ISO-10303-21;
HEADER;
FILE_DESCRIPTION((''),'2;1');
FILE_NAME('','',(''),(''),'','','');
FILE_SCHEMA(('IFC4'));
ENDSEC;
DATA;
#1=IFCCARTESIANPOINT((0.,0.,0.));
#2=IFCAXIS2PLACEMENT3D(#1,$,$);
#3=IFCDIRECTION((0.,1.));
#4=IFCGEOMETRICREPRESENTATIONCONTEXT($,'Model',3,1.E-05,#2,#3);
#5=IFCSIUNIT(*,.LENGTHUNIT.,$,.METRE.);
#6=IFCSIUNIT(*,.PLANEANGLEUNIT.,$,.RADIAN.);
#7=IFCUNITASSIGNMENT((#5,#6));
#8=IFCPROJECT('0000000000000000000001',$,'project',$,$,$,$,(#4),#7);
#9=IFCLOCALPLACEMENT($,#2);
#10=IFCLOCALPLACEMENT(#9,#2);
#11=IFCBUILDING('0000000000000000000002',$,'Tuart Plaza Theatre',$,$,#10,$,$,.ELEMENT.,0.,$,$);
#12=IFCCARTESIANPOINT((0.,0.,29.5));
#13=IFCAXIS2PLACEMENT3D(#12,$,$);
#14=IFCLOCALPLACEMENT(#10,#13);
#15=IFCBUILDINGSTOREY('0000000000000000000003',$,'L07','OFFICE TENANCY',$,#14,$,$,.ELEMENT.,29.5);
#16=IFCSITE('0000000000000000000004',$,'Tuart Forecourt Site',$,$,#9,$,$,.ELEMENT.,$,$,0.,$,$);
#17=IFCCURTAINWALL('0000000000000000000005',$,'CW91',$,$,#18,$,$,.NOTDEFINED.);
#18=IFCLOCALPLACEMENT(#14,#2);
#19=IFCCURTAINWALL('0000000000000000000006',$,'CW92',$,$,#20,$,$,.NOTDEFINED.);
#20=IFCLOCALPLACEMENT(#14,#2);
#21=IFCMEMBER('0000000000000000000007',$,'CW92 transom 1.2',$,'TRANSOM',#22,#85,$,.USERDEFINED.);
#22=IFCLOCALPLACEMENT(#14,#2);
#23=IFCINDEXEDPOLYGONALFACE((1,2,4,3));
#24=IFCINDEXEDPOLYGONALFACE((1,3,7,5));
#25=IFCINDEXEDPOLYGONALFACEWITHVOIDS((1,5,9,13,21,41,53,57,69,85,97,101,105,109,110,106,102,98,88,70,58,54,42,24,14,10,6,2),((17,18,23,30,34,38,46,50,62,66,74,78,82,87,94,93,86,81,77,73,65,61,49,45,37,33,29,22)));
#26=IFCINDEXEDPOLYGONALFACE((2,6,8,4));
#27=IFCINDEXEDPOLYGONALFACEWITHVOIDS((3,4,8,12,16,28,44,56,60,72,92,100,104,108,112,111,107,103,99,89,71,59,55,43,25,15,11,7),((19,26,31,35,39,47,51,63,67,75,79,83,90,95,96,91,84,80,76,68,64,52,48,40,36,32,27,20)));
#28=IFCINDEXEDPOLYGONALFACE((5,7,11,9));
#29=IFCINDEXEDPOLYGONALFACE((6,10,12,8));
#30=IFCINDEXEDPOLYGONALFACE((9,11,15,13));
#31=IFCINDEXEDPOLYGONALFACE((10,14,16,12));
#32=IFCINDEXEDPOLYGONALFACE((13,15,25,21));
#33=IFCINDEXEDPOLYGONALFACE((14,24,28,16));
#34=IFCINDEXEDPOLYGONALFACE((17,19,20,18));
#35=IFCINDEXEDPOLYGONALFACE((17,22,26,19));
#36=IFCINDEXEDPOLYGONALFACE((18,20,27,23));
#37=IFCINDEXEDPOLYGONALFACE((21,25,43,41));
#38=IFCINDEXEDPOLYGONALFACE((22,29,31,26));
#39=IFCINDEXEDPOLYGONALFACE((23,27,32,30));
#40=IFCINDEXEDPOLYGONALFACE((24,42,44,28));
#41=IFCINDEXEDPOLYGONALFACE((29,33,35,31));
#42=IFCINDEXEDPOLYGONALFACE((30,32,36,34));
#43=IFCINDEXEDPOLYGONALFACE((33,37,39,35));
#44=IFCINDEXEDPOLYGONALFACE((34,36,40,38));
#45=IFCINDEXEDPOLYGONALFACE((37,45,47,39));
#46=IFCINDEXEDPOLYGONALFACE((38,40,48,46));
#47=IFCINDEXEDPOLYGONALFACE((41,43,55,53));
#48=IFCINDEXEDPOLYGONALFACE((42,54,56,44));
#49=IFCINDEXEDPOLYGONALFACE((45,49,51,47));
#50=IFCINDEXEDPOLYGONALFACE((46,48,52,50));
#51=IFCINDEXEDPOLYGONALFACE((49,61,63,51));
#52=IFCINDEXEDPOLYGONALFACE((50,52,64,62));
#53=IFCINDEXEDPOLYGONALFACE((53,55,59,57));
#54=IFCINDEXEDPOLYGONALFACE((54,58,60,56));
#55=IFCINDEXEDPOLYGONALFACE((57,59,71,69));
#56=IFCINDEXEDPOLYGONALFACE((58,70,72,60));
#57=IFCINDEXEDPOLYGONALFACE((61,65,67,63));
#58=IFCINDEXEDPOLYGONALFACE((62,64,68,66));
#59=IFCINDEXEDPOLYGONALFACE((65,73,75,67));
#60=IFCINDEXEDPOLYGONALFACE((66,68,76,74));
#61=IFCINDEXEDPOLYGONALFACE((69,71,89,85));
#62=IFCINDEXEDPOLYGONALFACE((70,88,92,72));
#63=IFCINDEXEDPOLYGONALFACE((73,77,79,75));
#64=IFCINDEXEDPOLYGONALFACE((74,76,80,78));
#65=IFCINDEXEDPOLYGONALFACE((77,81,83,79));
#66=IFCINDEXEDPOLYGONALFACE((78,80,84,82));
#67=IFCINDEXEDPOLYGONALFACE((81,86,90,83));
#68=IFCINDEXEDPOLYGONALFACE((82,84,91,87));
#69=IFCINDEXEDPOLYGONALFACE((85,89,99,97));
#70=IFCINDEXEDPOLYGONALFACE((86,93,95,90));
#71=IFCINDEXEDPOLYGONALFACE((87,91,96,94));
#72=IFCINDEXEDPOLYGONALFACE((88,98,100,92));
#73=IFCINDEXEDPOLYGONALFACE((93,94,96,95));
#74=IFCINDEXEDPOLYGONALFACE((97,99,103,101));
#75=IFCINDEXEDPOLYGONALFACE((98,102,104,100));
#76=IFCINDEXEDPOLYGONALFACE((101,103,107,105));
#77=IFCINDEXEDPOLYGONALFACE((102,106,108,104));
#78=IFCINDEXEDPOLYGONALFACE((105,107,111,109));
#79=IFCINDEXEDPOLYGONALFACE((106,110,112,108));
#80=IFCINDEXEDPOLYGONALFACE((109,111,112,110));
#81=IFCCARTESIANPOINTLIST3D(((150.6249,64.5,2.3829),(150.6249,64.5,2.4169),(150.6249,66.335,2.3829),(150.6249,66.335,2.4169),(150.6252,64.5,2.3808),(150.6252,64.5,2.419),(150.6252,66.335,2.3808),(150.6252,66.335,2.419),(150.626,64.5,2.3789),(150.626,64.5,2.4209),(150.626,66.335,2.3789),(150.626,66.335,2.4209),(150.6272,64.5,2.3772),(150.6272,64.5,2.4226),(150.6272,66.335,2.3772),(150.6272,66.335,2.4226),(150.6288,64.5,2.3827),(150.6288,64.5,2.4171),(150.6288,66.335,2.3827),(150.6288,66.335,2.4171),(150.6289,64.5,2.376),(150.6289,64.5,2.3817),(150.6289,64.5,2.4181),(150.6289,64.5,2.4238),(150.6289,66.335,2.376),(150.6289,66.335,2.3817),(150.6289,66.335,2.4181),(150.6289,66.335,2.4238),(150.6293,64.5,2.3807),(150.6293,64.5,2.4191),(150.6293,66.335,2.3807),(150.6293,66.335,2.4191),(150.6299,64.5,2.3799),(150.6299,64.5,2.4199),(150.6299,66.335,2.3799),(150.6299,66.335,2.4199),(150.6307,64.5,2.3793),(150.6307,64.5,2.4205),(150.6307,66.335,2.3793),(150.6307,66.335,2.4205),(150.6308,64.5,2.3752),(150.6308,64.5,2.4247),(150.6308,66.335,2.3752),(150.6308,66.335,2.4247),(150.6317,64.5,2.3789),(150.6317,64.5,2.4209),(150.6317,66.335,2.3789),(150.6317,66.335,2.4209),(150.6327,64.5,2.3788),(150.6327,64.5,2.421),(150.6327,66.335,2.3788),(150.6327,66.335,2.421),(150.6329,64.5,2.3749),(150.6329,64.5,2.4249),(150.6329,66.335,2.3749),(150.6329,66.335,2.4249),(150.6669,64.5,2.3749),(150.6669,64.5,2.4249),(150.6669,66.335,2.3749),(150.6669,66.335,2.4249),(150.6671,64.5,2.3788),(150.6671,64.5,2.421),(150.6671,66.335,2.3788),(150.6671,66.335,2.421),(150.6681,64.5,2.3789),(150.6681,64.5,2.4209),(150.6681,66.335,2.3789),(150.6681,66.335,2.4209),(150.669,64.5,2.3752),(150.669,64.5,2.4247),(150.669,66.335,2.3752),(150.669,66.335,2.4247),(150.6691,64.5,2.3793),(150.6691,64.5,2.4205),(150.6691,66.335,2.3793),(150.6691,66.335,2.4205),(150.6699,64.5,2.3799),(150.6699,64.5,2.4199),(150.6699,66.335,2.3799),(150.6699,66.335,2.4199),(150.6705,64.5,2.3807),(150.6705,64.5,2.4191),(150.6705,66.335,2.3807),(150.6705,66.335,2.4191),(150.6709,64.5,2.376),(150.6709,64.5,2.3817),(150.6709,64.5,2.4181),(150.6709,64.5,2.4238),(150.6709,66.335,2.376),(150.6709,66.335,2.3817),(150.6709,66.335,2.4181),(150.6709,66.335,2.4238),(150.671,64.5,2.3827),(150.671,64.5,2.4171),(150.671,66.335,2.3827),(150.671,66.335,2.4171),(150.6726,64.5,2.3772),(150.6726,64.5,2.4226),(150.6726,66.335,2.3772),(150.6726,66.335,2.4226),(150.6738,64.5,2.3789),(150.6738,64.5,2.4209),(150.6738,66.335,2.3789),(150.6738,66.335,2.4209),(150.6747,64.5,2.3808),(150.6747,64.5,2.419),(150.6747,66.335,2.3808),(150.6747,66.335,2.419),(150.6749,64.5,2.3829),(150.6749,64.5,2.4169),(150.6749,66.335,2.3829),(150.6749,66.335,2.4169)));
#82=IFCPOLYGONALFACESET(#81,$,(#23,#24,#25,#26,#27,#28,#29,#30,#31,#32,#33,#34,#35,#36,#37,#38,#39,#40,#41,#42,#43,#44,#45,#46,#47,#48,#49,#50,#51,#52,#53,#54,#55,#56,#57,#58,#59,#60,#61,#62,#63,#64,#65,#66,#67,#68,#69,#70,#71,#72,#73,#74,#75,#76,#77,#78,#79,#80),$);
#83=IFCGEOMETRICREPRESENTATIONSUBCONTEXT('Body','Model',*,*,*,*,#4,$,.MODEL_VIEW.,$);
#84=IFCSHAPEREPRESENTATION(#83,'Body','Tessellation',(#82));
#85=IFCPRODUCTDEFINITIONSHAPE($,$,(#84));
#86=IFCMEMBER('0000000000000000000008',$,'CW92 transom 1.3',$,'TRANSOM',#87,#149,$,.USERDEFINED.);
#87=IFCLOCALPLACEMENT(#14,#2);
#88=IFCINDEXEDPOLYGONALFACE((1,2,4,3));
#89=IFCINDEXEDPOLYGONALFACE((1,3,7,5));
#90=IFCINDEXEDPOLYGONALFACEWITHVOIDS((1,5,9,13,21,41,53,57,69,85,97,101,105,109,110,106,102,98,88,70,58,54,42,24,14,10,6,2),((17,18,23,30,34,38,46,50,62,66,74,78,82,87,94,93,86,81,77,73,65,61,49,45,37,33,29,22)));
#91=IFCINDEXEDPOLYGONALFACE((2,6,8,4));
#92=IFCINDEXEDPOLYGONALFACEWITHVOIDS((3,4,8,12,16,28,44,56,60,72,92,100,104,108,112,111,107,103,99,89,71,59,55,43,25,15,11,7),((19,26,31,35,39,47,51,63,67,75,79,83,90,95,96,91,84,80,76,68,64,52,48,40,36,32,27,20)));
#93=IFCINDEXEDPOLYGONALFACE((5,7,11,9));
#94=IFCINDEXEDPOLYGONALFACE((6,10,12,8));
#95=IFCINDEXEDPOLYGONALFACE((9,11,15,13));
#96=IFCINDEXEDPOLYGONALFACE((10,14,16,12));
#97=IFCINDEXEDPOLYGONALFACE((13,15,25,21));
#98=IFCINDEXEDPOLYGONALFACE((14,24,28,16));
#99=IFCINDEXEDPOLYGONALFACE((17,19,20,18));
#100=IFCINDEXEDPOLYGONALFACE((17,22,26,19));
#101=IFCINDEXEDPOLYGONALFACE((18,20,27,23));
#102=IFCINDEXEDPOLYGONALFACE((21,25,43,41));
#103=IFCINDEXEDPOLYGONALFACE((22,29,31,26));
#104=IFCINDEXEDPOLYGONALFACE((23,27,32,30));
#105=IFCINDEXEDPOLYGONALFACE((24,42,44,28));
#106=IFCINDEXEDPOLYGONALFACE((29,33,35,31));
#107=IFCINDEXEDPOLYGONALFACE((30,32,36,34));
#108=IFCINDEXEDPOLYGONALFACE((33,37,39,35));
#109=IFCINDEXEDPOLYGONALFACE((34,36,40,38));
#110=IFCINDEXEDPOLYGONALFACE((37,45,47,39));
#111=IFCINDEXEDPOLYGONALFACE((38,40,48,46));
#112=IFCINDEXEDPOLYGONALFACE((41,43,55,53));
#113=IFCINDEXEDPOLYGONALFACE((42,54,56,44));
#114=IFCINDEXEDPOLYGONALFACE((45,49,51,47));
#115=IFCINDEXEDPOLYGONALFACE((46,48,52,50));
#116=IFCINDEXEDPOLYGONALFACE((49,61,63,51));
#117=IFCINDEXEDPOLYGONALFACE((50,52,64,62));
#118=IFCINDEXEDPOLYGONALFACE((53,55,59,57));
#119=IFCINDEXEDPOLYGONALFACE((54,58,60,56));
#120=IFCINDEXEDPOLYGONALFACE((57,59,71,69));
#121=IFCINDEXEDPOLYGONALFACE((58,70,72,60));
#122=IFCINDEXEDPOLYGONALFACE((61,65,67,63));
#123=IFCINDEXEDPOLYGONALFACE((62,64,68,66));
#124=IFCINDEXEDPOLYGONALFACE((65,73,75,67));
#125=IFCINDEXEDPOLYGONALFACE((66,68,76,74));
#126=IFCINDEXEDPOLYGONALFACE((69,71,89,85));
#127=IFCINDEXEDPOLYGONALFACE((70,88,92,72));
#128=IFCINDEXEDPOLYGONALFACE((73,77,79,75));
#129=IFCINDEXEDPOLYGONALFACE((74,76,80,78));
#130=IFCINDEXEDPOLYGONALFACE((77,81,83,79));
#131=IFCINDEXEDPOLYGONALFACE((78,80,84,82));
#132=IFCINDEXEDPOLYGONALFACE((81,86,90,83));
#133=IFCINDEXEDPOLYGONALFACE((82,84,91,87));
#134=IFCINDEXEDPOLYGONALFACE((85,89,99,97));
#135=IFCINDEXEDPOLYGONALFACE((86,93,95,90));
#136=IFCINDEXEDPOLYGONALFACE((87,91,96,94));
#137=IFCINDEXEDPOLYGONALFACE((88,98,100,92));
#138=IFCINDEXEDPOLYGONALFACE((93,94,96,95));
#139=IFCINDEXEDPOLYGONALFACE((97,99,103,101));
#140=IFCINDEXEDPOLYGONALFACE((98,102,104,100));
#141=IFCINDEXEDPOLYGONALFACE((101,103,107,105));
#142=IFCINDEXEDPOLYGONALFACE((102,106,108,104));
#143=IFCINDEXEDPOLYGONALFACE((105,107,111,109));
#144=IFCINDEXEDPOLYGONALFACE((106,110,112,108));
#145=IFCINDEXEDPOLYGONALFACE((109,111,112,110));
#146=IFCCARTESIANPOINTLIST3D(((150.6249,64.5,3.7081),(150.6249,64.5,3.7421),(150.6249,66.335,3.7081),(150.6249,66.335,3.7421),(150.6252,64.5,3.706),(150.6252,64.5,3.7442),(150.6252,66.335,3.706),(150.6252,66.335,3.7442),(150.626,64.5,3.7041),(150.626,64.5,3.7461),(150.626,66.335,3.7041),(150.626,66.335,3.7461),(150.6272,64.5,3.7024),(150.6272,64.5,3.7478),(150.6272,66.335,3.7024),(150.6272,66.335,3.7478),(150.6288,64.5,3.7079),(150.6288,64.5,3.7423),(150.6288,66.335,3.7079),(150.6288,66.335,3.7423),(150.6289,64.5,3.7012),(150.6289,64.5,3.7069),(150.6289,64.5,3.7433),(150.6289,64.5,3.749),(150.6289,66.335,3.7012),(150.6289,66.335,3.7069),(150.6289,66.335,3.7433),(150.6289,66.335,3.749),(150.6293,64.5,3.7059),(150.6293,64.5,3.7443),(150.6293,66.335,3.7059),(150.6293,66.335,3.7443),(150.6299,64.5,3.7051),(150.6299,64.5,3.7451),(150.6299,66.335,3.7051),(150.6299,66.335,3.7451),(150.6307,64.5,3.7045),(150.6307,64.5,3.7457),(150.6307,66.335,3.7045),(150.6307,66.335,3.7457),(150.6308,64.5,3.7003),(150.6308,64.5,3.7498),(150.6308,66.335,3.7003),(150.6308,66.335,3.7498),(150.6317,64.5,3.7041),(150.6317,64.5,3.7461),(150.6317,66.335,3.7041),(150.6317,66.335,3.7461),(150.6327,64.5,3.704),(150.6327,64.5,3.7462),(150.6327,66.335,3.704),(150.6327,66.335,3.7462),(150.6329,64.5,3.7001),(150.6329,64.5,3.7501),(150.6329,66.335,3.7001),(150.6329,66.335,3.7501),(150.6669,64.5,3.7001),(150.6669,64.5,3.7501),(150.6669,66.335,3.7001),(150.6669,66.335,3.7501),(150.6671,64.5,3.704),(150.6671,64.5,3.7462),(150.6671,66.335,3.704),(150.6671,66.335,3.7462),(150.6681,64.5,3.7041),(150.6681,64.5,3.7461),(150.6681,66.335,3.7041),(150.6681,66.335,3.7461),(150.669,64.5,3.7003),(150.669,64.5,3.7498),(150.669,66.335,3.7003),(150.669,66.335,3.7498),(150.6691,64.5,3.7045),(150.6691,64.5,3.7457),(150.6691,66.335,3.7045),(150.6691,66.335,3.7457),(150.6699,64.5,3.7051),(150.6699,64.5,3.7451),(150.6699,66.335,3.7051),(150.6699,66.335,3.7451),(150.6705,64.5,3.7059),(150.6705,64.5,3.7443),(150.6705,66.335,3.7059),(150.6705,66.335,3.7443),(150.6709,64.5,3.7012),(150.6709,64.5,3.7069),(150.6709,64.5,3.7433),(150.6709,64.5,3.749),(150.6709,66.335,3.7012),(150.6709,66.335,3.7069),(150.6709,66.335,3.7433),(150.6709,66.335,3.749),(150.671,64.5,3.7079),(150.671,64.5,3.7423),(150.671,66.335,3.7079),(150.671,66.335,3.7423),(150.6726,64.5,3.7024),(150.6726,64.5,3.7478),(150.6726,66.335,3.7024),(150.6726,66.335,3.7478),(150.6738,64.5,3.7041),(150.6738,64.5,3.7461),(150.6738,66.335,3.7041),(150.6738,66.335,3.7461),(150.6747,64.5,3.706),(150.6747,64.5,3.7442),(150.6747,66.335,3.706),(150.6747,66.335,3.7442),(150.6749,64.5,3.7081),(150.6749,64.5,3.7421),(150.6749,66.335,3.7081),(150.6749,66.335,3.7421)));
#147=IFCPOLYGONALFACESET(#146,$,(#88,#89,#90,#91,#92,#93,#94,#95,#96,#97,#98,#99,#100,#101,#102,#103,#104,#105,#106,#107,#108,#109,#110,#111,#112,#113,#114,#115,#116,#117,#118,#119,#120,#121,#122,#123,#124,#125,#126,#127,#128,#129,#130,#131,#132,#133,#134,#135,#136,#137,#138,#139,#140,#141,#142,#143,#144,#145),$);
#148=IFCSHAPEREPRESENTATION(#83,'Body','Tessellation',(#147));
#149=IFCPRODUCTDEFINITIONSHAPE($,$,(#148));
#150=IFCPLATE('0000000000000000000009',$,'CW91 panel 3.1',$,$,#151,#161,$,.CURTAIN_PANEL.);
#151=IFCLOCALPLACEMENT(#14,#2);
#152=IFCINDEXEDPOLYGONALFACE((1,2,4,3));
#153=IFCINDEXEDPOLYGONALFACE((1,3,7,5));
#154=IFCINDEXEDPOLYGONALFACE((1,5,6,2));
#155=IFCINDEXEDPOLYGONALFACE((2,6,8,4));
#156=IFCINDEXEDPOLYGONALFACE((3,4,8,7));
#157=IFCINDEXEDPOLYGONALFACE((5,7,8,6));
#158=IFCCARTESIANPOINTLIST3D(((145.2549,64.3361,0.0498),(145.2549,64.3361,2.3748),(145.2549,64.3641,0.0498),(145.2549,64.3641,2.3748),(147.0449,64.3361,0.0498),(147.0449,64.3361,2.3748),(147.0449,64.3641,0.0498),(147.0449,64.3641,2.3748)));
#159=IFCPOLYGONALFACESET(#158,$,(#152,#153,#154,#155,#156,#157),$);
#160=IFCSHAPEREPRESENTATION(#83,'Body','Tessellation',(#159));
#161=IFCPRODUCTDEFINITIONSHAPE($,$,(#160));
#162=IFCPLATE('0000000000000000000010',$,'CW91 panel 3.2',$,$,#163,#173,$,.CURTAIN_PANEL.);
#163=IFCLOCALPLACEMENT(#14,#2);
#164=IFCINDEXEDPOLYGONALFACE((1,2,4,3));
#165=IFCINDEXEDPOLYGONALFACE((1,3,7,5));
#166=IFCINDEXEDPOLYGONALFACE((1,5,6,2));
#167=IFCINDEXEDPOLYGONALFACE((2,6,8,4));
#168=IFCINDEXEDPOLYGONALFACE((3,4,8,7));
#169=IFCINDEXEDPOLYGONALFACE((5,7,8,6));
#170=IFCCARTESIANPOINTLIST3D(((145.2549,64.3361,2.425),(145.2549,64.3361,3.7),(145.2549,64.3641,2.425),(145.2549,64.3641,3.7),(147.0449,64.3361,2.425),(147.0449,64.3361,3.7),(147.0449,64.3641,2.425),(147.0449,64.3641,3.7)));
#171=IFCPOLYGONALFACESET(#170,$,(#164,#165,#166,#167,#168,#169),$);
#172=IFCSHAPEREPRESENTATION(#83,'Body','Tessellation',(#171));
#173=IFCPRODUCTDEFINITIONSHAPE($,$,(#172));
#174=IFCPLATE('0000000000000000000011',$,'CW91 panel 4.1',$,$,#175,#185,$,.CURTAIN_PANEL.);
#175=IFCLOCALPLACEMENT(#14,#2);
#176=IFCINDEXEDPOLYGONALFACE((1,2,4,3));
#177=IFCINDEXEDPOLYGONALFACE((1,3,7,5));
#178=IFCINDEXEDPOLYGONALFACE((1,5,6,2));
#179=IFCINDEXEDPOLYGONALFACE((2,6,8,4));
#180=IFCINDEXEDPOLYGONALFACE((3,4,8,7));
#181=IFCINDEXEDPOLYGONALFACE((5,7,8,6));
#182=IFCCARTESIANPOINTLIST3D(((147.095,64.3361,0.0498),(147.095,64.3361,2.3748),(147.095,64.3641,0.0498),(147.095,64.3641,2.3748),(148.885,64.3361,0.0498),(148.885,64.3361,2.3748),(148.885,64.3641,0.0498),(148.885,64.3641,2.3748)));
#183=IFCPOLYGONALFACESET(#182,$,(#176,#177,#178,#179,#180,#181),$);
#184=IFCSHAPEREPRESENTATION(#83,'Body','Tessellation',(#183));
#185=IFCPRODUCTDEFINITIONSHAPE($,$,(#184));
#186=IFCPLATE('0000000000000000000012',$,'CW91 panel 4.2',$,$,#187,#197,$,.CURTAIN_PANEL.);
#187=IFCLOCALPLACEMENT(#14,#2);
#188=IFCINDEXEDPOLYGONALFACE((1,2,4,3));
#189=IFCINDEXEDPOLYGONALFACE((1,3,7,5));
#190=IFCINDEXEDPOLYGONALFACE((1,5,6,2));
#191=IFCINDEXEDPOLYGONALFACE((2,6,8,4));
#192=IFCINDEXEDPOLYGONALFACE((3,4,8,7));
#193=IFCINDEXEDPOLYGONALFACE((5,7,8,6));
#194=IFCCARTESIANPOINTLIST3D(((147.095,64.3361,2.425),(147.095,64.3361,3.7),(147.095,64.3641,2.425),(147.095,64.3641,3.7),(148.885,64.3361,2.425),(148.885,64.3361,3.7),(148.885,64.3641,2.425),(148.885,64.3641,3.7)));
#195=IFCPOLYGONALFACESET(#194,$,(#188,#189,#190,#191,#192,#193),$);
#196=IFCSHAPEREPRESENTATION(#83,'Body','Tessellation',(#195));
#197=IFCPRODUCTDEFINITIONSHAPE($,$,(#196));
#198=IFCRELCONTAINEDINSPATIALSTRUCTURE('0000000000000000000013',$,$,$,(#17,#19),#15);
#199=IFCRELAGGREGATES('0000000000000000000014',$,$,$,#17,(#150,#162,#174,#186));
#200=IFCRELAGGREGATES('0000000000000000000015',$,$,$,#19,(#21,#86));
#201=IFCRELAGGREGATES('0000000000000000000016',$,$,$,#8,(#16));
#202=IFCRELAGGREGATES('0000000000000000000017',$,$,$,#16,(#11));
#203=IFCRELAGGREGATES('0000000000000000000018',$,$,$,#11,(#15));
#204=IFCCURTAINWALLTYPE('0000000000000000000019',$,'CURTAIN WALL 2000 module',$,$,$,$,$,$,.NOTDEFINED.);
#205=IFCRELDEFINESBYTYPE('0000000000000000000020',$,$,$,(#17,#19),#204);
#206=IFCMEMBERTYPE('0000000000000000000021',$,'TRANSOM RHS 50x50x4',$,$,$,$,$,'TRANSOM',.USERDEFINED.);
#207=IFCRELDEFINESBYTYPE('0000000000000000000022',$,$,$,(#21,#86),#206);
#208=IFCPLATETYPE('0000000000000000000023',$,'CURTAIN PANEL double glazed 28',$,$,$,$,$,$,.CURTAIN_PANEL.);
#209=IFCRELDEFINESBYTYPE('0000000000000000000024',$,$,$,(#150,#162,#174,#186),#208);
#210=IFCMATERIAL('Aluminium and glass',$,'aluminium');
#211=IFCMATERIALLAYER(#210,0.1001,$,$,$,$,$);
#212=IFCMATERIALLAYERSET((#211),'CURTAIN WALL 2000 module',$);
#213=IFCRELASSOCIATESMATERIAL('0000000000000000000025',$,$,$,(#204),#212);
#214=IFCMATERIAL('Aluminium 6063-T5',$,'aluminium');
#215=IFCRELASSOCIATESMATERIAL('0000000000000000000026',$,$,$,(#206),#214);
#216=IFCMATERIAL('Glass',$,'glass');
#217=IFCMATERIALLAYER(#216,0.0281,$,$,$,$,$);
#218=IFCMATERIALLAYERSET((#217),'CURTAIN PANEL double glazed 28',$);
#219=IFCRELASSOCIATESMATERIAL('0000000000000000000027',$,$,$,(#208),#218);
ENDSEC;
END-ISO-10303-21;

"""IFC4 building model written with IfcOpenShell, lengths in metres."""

from ifc_helpers import new_model, si_unit, direction, frame, origin, origin_2d, place, context, subcontext, project, spatial, rectangle, hollow_rectangle, extrude, material, layer, layer_set, material_profile, profile_set, type_object, element, aggregate, save


model = new_model("IFC4")

# Units and contexts
model_context = context("Model", 3, precision=1e-05, world=origin(), true_north=direction((0.0, 1.0)))
body_context = subcontext(model_context, "Body", "Model", "MODEL_VIEW")
ifc_project = project(units=[si_unit("LENGTHUNIT", "METRE"), si_unit("PLANEANGLEUNIT", "RADIAN")], contexts=[model_context])

# Site, building, storey
site_placement = place(None, origin())
site = spatial("IfcSite", under=ifc_project, at=site_placement, Name="Tuart Forecourt Site", CompositionType="ELEMENT", RefElevation=0.0)
building_placement = place(site_placement, origin())
building = spatial("IfcBuilding", under=site, at=building_placement, Name="Tuart Plaza Theatre", CompositionType="ELEMENT", ElevationOfRefHeight=0.0)
storey_placement = place(building_placement, frame((0.0, 0.0, 29.5)))
storey = spatial("IfcBuildingStorey", under=building, at=storey_placement, Name="L07", Description="OFFICE TENANCY", CompositionType="ELEMENT", Elevation=29.5)

# Curtain wall
ifc_material_1 = material(Name="Aluminium and glass", Category="aluminium")
ifc_layer_1 = layer(ifc_material_1, 0.1001)
ifc_layer_set_1 = layer_set([ifc_layer_1], Name="CURTAIN WALL 2000 module")
curtain_wall_type = type_object("IfcCurtainWallType", Name="CURTAIN WALL 2000 module", PredefinedType="NOTDEFINED", material=ifc_layer_set_1)
curtain_wall_1_placement = place(storey_placement, origin())
curtain_wall_1 = element("IfcCurtainWall", 1, at=curtain_wall_1_placement, inside=storey, type_object=curtain_wall_type, Name="CW91", PredefinedType="NOTDEFINED")

# Curtain wall
curtain_wall_2_placement = place(storey_placement, origin())
curtain_wall_2 = element("IfcCurtainWall", 2, at=curtain_wall_2_placement, inside=storey, type_object=curtain_wall_type, Name="CW92", PredefinedType="NOTDEFINED")

# Members
ifc_material_2 = material(Name="Aluminium 6063-T5", Category="aluminium")
ifc_material_profile_1 = material_profile(ifc_material_2, hollow_rectangle(XDim=0.05, YDim=0.05, WallThickness=0.0039, InnerFilletRadius=0.0039, OuterFilletRadius=0.0081, at=origin_2d()), Name="RHS 50x50x4")
ifc_profile_set_1 = profile_set([ifc_material_profile_1], Name="Aluminium 6063-T5")
member_type_1 = type_object("IfcMemberType", Name="TRANSOM RHS 50x50x4", ElementType="TRANSOM", PredefinedType="USERDEFINED", material=ifc_profile_set_1)
member_1_placement = place(storey_placement, frame((150.6499, 64.5, 2.3999), z_axis=(0.0, 1.0, 0.0), x_axis=(-1.0, 0.0, 0.0)))
member_1 = element("IfcMember", 3, at=member_1_placement, type_object=member_type_1, Name="CW92 transom 1.2", ObjectType="TRANSOM", PredefinedType="USERDEFINED", context=body_context, shape_type="SweptSolid", body=[
    extrude(hollow_rectangle(XDim=0.05, YDim=0.05, WallThickness=0.0039, InnerFilletRadius=0.0039, OuterFilletRadius=0.0081, at=origin_2d()), origin(), (0.0, 0.0, 1.0), 1.835),
])
member_2_placement = place(storey_placement, frame((150.6499, 64.5, 3.7251), z_axis=(0.0, 1.0, 0.0), x_axis=(-1.0, 0.0, 0.0)))
member_2 = element("IfcMember", 4, at=member_2_placement, type_object=member_type_1, Name="CW92 transom 1.3", ObjectType="TRANSOM", PredefinedType="USERDEFINED", context=body_context, shape_type="SweptSolid", body=[
    extrude(hollow_rectangle(XDim=0.05, YDim=0.05, WallThickness=0.0039, InnerFilletRadius=0.0039, OuterFilletRadius=0.0081, at=origin_2d()), origin(), (0.0, 0.0, 1.0), 1.835),
])

# Plates
ifc_material_3 = material(Name="Glass", Category="glass")
ifc_layer_2 = layer(ifc_material_3, 0.0281)
ifc_layer_set_2 = layer_set([ifc_layer_2], Name="CURTAIN PANEL double glazed 28")
plate_type = type_object("IfcPlateType", Name="CURTAIN PANEL double glazed 28", PredefinedType="CURTAIN_PANEL", material=ifc_layer_set_2)
plate_1_placement = place(storey_placement, frame((146.1499, 64.3501, 0.0498), z_axis=(0.0, 0.0, 1.0), x_axis=(1.0, 0.0, 0.0)))
plate_1 = element("IfcPlate", 5, at=plate_1_placement, type_object=plate_type, Name="CW91 panel 3.1", PredefinedType="CURTAIN_PANEL", context=body_context, shape_type="SweptSolid", body=[
    extrude(rectangle(XDim=1.79, YDim=0.0281, at=origin_2d()), origin(), (0.0, 0.0, 1.0), 2.325),
])
plate_2_placement = place(storey_placement, frame((146.1499, 64.3501, 2.425), z_axis=(0.0, 0.0, 1.0), x_axis=(1.0, 0.0, 0.0)))
plate_2 = element("IfcPlate", 6, at=plate_2_placement, type_object=plate_type, Name="CW91 panel 3.2", PredefinedType="CURTAIN_PANEL", context=body_context, shape_type="SweptSolid", body=[
    extrude(rectangle(XDim=1.79, YDim=0.0281, at=origin_2d()), origin(), (0.0, 0.0, 1.0), 1.2749),
])
plate_3_placement = place(storey_placement, frame((147.99, 64.3501, 0.0498), z_axis=(0.0, 0.0, 1.0), x_axis=(1.0, 0.0, 0.0)))
plate_3 = element("IfcPlate", 7, at=plate_3_placement, type_object=plate_type, Name="CW91 panel 4.1", PredefinedType="CURTAIN_PANEL", context=body_context, shape_type="SweptSolid", body=[
    extrude(rectangle(XDim=1.79, YDim=0.0281, at=origin_2d()), origin(), (0.0, 0.0, 1.0), 2.325),
])
plate_4_placement = place(storey_placement, frame((147.99, 64.3501, 2.425), z_axis=(0.0, 0.0, 1.0), x_axis=(1.0, 0.0, 0.0)))
plate_4 = element("IfcPlate", 8, at=plate_4_placement, type_object=plate_type, Name="CW91 panel 4.2", PredefinedType="CURTAIN_PANEL", context=body_context, shape_type="SweptSolid", body=[
    extrude(rectangle(XDim=1.79, YDim=0.0281, at=origin_2d()), origin(), (0.0, 0.0, 1.0), 1.2749),
])
aggregate(curtain_wall_1, [plate_1, plate_2, plate_3, plate_4])
aggregate(curtain_wall_2, [member_1, member_2])

save(model, "model.ifc")
